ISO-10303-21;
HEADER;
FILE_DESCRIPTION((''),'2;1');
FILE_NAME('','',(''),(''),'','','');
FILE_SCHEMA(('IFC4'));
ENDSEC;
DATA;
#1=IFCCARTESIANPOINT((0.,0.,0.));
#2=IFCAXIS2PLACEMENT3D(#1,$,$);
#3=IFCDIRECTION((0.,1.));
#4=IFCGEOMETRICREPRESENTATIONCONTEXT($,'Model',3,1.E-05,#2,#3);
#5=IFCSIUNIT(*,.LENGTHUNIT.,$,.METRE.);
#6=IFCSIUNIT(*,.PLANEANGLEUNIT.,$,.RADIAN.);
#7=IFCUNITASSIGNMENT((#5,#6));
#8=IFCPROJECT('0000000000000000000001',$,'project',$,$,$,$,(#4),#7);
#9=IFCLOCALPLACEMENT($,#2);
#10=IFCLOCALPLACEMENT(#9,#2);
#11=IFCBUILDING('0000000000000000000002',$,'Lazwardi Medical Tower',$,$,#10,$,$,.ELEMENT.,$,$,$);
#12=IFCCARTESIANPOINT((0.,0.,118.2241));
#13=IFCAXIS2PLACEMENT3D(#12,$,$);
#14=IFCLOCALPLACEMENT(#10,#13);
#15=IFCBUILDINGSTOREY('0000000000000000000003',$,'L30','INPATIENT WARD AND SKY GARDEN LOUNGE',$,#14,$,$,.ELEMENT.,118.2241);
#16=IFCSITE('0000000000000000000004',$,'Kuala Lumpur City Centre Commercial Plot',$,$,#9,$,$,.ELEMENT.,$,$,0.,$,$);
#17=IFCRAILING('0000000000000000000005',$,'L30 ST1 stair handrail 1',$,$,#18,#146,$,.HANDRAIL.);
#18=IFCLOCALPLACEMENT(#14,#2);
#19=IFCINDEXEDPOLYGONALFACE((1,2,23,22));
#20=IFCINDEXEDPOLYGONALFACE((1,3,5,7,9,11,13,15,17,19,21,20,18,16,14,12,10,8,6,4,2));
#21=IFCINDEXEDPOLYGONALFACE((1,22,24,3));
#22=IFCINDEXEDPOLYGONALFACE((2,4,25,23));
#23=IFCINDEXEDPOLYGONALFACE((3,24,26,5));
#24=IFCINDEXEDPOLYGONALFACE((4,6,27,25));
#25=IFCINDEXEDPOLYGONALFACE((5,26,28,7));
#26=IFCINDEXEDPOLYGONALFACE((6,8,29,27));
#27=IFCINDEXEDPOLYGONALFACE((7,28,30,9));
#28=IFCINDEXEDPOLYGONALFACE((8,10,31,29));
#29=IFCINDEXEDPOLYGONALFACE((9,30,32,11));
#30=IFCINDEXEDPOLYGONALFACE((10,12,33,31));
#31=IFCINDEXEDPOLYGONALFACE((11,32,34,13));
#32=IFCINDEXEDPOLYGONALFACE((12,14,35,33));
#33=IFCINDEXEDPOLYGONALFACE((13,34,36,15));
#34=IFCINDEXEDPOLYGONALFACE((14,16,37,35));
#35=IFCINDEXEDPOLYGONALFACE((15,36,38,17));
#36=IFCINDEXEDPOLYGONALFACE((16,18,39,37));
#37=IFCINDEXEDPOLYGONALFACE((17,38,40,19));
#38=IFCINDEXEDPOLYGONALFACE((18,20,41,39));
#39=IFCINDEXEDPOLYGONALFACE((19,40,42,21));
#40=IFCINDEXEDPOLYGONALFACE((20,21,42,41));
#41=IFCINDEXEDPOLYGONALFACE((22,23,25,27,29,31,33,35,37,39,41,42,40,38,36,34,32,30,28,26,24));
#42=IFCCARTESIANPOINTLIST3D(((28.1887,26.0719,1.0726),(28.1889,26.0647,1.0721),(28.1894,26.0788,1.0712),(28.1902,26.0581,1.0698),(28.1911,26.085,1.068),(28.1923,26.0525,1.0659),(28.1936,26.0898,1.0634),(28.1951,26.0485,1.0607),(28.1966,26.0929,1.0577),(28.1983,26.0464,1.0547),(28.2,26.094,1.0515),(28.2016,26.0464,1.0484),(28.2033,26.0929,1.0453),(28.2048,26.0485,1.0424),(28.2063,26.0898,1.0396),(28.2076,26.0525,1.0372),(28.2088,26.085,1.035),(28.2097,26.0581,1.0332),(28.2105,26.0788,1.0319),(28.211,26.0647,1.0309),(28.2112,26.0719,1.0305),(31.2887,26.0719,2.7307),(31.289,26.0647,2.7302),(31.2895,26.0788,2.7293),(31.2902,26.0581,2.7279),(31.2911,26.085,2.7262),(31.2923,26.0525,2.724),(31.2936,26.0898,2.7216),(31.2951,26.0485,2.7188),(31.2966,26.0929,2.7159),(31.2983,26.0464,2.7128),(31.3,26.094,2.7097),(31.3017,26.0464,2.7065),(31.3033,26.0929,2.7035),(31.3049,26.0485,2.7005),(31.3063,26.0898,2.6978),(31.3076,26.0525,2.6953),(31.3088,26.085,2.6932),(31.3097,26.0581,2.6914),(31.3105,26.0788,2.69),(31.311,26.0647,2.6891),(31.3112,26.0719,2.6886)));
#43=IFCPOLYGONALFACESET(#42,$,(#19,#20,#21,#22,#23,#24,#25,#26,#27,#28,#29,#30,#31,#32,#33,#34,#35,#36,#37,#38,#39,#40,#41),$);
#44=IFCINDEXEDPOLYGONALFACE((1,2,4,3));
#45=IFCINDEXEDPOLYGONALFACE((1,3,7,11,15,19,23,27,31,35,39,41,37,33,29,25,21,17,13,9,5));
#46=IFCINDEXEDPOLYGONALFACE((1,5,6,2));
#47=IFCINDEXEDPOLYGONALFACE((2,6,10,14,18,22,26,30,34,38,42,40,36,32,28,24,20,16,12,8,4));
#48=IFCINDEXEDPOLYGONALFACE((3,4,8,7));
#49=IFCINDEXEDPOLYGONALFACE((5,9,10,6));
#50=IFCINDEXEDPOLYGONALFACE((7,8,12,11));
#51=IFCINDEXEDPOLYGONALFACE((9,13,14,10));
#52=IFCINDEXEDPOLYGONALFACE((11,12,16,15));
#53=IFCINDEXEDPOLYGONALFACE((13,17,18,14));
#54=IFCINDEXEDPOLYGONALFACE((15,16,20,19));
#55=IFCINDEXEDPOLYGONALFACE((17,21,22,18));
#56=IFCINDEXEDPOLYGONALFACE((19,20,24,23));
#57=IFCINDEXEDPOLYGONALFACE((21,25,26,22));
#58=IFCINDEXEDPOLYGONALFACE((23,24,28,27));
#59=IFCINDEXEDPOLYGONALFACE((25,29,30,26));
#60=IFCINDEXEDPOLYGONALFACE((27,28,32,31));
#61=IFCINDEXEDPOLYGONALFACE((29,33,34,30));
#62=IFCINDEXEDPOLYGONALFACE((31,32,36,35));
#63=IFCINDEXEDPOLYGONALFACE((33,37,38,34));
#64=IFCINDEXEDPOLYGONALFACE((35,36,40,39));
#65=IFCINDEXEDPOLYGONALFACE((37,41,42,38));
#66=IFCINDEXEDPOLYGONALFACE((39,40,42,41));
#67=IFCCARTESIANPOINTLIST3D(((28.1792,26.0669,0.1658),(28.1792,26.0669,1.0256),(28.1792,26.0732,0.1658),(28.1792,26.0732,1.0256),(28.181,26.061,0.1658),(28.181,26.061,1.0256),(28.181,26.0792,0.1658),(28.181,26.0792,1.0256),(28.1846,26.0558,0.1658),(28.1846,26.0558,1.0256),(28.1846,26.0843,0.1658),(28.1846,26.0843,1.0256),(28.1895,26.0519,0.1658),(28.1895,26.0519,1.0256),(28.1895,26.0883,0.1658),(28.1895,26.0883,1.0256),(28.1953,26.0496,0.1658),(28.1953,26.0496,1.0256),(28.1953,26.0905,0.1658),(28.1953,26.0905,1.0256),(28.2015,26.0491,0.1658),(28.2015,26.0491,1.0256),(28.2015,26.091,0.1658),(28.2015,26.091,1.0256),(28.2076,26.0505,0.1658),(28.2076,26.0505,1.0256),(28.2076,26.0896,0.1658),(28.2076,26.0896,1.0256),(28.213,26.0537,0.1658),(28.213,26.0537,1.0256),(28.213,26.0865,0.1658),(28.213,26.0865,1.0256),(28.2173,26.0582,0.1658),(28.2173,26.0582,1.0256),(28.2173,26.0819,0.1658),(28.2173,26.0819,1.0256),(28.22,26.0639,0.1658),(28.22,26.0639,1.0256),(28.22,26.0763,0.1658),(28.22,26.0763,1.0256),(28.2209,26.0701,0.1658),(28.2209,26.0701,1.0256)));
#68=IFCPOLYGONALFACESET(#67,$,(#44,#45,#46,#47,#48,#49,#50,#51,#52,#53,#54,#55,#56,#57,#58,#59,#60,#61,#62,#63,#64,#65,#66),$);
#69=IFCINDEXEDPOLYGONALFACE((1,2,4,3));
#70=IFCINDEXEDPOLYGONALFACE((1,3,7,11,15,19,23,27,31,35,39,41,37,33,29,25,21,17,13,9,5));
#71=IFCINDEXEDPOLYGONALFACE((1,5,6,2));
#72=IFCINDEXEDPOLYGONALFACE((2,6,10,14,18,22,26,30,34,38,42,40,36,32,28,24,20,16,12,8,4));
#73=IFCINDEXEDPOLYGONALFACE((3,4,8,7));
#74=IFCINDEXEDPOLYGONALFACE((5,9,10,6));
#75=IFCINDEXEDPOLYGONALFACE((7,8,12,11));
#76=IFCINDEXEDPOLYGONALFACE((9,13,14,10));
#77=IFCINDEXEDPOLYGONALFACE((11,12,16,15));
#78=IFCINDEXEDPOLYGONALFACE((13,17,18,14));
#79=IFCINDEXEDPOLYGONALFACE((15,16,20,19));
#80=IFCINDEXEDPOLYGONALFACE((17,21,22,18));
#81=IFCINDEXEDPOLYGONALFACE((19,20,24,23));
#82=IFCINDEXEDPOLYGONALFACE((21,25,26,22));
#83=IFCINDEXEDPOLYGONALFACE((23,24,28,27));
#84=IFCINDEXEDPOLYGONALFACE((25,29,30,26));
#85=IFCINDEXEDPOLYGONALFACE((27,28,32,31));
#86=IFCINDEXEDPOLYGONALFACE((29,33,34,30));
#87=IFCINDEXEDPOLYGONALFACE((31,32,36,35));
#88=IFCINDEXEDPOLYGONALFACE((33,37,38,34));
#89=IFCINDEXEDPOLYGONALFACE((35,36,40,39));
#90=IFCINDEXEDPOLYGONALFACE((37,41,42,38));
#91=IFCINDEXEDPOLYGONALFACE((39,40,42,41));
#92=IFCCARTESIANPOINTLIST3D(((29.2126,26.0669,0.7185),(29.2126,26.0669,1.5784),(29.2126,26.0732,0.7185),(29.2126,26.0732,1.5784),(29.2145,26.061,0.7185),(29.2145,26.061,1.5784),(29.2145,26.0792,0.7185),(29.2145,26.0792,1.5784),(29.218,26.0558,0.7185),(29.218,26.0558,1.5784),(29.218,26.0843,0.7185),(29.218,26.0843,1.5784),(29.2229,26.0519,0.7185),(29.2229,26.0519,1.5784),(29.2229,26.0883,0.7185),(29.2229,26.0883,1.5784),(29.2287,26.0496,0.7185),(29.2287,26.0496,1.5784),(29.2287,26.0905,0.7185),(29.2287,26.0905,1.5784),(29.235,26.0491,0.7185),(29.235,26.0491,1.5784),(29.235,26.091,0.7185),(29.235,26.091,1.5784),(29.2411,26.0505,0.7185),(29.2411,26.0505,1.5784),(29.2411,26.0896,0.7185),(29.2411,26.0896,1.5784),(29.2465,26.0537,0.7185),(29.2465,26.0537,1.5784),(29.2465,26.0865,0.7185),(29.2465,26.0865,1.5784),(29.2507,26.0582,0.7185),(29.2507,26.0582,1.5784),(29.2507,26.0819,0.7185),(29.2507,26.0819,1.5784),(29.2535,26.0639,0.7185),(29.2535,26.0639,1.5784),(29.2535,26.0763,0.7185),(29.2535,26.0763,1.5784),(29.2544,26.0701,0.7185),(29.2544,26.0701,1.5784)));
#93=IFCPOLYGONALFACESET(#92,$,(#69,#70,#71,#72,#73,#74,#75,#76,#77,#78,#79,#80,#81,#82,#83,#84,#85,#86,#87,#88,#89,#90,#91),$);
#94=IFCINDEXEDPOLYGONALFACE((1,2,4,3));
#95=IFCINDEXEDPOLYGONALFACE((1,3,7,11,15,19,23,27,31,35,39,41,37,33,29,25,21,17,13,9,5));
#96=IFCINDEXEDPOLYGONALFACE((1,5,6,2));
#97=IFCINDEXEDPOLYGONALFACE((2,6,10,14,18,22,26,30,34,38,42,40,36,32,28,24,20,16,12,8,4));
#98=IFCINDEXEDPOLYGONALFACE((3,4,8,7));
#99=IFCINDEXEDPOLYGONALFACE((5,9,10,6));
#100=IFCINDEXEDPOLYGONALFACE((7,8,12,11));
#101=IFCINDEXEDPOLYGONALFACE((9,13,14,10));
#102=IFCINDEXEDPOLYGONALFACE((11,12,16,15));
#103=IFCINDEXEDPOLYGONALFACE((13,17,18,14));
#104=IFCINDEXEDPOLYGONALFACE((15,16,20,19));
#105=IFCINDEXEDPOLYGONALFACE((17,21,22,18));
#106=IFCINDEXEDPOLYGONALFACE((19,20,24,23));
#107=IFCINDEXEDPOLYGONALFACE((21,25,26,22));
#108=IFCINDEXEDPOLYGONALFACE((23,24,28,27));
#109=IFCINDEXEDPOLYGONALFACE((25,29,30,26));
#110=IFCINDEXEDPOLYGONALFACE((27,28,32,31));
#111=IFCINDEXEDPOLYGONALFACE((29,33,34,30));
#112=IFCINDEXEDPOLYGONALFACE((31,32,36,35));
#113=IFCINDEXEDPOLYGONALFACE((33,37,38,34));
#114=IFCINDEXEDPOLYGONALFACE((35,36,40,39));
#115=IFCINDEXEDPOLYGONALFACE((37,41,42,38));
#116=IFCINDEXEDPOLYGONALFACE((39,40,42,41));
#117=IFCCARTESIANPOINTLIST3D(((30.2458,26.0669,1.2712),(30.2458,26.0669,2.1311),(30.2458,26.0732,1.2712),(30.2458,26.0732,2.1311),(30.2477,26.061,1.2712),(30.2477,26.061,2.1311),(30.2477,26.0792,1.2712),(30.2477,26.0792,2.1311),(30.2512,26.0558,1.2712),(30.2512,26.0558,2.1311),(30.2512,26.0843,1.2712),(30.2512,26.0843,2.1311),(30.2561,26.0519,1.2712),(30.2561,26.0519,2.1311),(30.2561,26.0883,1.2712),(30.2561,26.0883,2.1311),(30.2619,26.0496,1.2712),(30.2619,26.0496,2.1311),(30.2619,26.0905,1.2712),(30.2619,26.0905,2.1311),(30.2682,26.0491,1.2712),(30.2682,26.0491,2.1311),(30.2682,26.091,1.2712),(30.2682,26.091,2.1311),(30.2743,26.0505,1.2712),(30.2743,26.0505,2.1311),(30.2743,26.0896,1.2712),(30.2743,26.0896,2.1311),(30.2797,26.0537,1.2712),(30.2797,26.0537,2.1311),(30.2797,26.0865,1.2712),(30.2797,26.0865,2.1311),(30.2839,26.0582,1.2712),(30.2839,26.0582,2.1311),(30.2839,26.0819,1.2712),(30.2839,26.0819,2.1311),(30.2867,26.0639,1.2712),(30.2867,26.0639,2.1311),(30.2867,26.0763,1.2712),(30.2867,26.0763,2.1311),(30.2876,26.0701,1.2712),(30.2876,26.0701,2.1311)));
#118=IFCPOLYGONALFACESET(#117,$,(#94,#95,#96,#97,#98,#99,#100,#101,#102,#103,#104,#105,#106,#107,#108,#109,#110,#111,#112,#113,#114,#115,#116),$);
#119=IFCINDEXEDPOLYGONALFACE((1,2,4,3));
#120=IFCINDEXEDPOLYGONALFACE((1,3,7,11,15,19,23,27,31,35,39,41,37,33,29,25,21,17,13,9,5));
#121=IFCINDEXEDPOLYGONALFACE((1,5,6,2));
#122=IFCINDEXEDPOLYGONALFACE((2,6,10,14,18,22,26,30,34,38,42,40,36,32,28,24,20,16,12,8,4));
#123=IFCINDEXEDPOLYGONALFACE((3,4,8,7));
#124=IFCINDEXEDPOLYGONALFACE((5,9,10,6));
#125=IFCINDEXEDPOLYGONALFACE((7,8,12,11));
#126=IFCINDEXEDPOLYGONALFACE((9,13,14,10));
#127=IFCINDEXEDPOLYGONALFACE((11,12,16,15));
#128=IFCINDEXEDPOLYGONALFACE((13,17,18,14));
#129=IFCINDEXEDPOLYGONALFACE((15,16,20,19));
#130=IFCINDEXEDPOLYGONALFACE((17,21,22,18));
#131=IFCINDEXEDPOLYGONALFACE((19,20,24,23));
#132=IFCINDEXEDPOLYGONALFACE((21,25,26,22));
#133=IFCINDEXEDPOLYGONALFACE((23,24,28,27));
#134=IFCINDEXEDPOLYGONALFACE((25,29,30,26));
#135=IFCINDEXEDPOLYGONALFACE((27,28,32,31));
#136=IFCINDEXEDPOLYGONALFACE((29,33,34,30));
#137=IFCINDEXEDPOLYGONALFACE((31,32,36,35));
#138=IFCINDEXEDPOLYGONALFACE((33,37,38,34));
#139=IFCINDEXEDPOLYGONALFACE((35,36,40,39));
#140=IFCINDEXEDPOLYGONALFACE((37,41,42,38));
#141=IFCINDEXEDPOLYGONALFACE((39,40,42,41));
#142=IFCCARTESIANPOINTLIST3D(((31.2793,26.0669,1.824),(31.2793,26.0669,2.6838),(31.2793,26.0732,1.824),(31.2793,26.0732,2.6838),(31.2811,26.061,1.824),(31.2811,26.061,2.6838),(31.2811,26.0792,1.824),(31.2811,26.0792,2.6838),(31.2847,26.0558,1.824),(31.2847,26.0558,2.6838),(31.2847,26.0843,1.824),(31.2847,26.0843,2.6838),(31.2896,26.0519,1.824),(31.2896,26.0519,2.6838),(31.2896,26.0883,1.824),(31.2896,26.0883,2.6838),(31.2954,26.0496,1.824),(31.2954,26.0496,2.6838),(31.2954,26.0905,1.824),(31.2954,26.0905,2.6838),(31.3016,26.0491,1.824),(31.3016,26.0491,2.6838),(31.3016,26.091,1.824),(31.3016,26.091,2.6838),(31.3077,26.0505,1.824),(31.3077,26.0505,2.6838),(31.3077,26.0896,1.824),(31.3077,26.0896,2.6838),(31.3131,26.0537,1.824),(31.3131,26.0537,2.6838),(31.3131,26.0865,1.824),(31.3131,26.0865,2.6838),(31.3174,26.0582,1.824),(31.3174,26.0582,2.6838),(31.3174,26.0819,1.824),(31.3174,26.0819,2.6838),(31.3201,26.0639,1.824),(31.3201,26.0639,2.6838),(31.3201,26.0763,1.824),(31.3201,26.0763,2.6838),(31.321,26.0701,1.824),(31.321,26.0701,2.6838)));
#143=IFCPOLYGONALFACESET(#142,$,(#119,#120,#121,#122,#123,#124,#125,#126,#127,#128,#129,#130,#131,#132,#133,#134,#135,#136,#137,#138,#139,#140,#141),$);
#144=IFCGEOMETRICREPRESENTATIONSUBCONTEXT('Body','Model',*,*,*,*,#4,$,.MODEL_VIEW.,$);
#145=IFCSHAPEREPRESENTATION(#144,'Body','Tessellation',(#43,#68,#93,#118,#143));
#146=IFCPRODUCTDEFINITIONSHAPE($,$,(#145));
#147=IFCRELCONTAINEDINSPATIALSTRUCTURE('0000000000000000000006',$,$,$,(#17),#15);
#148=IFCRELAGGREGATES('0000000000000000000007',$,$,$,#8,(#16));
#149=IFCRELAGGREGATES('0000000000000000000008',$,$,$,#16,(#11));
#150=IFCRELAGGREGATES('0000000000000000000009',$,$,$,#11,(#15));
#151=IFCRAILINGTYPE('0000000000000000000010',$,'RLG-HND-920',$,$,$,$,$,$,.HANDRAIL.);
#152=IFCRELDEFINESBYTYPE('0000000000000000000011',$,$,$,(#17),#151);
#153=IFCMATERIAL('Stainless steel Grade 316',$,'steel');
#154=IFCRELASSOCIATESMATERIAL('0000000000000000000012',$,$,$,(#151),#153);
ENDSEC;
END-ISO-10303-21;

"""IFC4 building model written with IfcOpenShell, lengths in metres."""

from ifc_helpers import new_model, si_unit, direction, frame, origin, origin_2d, place, context, subcontext, project, spatial, circle, extrude, material, type_object, element, save


model = new_model("IFC4")

# Units and contexts
model_context = context("Model", 3, precision=1e-05, world=origin(), true_north=direction((0.0, 1.0)))
body_context = subcontext(model_context, "Body", "Model", "MODEL_VIEW")
ifc_project = project(units=[si_unit("LENGTHUNIT", "METRE"), si_unit("PLANEANGLEUNIT", "RADIAN")], contexts=[model_context])

# Site, building, storey
site_placement = place(None, origin())
site = spatial("IfcSite", under=ifc_project, at=site_placement, Name="Kuala Lumpur City Centre Commercial Plot", CompositionType="ELEMENT", RefElevation=0.0)
building_placement = place(site_placement, origin())
building = spatial("IfcBuilding", under=site, at=building_placement, Name="Lazwardi Medical Tower", CompositionType="ELEMENT")
storey_placement = place(building_placement, frame((0.0, 0.0, 118.2241)))
storey = spatial("IfcBuildingStorey", under=building, at=storey_placement, Name="L30", Description="INPATIENT WARD AND SKY GARDEN LOUNGE", CompositionType="ELEMENT", Elevation=118.2241)

# Railing
ifc_material_1 = material(Name="Stainless steel Grade 316", Category="steel")
railing_type = type_object("IfcRailingType", Name="RLG-HND-920", PredefinedType="HANDRAIL", material=ifc_material_1)
railing_placement = place(storey_placement, frame((28.2, 26.0701, 0.1658)))
element("IfcRailing", 1, at=railing_placement, inside=storey, type_object=railing_type, Name="L30 ST1 stair handrail 1", PredefinedType="HANDRAIL", context=body_context, shape_type="SweptSolid", body=[
    extrude(circle(Radius=0.0239, at=origin_2d()), frame((0.0, 0.0, 0.8857), z_axis=(0.881783, 0.0, 0.471655), x_axis=(0.0, 1.0, 0.0)), (0.0, 0.0, 1.0), 3.5156),
    extrude(circle(Radius=0.021, at=origin_2d()), origin(), (0.0, 0.0, 1.0), 0.8599),
    extrude(circle(Radius=0.021, at=origin_2d()), frame((1.0334, 0.0, 0.5527)), (0.0, 0.0, 1.0), 0.8599),
    extrude(circle(Radius=0.021, at=origin_2d()), frame((2.0667, 0.0, 1.1055)), (0.0, 0.0, 1.0), 0.8599),
    extrude(circle(Radius=0.021, at=origin_2d()), frame((3.1001, 0.0, 1.6582)), (0.0, 0.0, 1.0), 0.8599),
])

save(model, "model.ifc")
